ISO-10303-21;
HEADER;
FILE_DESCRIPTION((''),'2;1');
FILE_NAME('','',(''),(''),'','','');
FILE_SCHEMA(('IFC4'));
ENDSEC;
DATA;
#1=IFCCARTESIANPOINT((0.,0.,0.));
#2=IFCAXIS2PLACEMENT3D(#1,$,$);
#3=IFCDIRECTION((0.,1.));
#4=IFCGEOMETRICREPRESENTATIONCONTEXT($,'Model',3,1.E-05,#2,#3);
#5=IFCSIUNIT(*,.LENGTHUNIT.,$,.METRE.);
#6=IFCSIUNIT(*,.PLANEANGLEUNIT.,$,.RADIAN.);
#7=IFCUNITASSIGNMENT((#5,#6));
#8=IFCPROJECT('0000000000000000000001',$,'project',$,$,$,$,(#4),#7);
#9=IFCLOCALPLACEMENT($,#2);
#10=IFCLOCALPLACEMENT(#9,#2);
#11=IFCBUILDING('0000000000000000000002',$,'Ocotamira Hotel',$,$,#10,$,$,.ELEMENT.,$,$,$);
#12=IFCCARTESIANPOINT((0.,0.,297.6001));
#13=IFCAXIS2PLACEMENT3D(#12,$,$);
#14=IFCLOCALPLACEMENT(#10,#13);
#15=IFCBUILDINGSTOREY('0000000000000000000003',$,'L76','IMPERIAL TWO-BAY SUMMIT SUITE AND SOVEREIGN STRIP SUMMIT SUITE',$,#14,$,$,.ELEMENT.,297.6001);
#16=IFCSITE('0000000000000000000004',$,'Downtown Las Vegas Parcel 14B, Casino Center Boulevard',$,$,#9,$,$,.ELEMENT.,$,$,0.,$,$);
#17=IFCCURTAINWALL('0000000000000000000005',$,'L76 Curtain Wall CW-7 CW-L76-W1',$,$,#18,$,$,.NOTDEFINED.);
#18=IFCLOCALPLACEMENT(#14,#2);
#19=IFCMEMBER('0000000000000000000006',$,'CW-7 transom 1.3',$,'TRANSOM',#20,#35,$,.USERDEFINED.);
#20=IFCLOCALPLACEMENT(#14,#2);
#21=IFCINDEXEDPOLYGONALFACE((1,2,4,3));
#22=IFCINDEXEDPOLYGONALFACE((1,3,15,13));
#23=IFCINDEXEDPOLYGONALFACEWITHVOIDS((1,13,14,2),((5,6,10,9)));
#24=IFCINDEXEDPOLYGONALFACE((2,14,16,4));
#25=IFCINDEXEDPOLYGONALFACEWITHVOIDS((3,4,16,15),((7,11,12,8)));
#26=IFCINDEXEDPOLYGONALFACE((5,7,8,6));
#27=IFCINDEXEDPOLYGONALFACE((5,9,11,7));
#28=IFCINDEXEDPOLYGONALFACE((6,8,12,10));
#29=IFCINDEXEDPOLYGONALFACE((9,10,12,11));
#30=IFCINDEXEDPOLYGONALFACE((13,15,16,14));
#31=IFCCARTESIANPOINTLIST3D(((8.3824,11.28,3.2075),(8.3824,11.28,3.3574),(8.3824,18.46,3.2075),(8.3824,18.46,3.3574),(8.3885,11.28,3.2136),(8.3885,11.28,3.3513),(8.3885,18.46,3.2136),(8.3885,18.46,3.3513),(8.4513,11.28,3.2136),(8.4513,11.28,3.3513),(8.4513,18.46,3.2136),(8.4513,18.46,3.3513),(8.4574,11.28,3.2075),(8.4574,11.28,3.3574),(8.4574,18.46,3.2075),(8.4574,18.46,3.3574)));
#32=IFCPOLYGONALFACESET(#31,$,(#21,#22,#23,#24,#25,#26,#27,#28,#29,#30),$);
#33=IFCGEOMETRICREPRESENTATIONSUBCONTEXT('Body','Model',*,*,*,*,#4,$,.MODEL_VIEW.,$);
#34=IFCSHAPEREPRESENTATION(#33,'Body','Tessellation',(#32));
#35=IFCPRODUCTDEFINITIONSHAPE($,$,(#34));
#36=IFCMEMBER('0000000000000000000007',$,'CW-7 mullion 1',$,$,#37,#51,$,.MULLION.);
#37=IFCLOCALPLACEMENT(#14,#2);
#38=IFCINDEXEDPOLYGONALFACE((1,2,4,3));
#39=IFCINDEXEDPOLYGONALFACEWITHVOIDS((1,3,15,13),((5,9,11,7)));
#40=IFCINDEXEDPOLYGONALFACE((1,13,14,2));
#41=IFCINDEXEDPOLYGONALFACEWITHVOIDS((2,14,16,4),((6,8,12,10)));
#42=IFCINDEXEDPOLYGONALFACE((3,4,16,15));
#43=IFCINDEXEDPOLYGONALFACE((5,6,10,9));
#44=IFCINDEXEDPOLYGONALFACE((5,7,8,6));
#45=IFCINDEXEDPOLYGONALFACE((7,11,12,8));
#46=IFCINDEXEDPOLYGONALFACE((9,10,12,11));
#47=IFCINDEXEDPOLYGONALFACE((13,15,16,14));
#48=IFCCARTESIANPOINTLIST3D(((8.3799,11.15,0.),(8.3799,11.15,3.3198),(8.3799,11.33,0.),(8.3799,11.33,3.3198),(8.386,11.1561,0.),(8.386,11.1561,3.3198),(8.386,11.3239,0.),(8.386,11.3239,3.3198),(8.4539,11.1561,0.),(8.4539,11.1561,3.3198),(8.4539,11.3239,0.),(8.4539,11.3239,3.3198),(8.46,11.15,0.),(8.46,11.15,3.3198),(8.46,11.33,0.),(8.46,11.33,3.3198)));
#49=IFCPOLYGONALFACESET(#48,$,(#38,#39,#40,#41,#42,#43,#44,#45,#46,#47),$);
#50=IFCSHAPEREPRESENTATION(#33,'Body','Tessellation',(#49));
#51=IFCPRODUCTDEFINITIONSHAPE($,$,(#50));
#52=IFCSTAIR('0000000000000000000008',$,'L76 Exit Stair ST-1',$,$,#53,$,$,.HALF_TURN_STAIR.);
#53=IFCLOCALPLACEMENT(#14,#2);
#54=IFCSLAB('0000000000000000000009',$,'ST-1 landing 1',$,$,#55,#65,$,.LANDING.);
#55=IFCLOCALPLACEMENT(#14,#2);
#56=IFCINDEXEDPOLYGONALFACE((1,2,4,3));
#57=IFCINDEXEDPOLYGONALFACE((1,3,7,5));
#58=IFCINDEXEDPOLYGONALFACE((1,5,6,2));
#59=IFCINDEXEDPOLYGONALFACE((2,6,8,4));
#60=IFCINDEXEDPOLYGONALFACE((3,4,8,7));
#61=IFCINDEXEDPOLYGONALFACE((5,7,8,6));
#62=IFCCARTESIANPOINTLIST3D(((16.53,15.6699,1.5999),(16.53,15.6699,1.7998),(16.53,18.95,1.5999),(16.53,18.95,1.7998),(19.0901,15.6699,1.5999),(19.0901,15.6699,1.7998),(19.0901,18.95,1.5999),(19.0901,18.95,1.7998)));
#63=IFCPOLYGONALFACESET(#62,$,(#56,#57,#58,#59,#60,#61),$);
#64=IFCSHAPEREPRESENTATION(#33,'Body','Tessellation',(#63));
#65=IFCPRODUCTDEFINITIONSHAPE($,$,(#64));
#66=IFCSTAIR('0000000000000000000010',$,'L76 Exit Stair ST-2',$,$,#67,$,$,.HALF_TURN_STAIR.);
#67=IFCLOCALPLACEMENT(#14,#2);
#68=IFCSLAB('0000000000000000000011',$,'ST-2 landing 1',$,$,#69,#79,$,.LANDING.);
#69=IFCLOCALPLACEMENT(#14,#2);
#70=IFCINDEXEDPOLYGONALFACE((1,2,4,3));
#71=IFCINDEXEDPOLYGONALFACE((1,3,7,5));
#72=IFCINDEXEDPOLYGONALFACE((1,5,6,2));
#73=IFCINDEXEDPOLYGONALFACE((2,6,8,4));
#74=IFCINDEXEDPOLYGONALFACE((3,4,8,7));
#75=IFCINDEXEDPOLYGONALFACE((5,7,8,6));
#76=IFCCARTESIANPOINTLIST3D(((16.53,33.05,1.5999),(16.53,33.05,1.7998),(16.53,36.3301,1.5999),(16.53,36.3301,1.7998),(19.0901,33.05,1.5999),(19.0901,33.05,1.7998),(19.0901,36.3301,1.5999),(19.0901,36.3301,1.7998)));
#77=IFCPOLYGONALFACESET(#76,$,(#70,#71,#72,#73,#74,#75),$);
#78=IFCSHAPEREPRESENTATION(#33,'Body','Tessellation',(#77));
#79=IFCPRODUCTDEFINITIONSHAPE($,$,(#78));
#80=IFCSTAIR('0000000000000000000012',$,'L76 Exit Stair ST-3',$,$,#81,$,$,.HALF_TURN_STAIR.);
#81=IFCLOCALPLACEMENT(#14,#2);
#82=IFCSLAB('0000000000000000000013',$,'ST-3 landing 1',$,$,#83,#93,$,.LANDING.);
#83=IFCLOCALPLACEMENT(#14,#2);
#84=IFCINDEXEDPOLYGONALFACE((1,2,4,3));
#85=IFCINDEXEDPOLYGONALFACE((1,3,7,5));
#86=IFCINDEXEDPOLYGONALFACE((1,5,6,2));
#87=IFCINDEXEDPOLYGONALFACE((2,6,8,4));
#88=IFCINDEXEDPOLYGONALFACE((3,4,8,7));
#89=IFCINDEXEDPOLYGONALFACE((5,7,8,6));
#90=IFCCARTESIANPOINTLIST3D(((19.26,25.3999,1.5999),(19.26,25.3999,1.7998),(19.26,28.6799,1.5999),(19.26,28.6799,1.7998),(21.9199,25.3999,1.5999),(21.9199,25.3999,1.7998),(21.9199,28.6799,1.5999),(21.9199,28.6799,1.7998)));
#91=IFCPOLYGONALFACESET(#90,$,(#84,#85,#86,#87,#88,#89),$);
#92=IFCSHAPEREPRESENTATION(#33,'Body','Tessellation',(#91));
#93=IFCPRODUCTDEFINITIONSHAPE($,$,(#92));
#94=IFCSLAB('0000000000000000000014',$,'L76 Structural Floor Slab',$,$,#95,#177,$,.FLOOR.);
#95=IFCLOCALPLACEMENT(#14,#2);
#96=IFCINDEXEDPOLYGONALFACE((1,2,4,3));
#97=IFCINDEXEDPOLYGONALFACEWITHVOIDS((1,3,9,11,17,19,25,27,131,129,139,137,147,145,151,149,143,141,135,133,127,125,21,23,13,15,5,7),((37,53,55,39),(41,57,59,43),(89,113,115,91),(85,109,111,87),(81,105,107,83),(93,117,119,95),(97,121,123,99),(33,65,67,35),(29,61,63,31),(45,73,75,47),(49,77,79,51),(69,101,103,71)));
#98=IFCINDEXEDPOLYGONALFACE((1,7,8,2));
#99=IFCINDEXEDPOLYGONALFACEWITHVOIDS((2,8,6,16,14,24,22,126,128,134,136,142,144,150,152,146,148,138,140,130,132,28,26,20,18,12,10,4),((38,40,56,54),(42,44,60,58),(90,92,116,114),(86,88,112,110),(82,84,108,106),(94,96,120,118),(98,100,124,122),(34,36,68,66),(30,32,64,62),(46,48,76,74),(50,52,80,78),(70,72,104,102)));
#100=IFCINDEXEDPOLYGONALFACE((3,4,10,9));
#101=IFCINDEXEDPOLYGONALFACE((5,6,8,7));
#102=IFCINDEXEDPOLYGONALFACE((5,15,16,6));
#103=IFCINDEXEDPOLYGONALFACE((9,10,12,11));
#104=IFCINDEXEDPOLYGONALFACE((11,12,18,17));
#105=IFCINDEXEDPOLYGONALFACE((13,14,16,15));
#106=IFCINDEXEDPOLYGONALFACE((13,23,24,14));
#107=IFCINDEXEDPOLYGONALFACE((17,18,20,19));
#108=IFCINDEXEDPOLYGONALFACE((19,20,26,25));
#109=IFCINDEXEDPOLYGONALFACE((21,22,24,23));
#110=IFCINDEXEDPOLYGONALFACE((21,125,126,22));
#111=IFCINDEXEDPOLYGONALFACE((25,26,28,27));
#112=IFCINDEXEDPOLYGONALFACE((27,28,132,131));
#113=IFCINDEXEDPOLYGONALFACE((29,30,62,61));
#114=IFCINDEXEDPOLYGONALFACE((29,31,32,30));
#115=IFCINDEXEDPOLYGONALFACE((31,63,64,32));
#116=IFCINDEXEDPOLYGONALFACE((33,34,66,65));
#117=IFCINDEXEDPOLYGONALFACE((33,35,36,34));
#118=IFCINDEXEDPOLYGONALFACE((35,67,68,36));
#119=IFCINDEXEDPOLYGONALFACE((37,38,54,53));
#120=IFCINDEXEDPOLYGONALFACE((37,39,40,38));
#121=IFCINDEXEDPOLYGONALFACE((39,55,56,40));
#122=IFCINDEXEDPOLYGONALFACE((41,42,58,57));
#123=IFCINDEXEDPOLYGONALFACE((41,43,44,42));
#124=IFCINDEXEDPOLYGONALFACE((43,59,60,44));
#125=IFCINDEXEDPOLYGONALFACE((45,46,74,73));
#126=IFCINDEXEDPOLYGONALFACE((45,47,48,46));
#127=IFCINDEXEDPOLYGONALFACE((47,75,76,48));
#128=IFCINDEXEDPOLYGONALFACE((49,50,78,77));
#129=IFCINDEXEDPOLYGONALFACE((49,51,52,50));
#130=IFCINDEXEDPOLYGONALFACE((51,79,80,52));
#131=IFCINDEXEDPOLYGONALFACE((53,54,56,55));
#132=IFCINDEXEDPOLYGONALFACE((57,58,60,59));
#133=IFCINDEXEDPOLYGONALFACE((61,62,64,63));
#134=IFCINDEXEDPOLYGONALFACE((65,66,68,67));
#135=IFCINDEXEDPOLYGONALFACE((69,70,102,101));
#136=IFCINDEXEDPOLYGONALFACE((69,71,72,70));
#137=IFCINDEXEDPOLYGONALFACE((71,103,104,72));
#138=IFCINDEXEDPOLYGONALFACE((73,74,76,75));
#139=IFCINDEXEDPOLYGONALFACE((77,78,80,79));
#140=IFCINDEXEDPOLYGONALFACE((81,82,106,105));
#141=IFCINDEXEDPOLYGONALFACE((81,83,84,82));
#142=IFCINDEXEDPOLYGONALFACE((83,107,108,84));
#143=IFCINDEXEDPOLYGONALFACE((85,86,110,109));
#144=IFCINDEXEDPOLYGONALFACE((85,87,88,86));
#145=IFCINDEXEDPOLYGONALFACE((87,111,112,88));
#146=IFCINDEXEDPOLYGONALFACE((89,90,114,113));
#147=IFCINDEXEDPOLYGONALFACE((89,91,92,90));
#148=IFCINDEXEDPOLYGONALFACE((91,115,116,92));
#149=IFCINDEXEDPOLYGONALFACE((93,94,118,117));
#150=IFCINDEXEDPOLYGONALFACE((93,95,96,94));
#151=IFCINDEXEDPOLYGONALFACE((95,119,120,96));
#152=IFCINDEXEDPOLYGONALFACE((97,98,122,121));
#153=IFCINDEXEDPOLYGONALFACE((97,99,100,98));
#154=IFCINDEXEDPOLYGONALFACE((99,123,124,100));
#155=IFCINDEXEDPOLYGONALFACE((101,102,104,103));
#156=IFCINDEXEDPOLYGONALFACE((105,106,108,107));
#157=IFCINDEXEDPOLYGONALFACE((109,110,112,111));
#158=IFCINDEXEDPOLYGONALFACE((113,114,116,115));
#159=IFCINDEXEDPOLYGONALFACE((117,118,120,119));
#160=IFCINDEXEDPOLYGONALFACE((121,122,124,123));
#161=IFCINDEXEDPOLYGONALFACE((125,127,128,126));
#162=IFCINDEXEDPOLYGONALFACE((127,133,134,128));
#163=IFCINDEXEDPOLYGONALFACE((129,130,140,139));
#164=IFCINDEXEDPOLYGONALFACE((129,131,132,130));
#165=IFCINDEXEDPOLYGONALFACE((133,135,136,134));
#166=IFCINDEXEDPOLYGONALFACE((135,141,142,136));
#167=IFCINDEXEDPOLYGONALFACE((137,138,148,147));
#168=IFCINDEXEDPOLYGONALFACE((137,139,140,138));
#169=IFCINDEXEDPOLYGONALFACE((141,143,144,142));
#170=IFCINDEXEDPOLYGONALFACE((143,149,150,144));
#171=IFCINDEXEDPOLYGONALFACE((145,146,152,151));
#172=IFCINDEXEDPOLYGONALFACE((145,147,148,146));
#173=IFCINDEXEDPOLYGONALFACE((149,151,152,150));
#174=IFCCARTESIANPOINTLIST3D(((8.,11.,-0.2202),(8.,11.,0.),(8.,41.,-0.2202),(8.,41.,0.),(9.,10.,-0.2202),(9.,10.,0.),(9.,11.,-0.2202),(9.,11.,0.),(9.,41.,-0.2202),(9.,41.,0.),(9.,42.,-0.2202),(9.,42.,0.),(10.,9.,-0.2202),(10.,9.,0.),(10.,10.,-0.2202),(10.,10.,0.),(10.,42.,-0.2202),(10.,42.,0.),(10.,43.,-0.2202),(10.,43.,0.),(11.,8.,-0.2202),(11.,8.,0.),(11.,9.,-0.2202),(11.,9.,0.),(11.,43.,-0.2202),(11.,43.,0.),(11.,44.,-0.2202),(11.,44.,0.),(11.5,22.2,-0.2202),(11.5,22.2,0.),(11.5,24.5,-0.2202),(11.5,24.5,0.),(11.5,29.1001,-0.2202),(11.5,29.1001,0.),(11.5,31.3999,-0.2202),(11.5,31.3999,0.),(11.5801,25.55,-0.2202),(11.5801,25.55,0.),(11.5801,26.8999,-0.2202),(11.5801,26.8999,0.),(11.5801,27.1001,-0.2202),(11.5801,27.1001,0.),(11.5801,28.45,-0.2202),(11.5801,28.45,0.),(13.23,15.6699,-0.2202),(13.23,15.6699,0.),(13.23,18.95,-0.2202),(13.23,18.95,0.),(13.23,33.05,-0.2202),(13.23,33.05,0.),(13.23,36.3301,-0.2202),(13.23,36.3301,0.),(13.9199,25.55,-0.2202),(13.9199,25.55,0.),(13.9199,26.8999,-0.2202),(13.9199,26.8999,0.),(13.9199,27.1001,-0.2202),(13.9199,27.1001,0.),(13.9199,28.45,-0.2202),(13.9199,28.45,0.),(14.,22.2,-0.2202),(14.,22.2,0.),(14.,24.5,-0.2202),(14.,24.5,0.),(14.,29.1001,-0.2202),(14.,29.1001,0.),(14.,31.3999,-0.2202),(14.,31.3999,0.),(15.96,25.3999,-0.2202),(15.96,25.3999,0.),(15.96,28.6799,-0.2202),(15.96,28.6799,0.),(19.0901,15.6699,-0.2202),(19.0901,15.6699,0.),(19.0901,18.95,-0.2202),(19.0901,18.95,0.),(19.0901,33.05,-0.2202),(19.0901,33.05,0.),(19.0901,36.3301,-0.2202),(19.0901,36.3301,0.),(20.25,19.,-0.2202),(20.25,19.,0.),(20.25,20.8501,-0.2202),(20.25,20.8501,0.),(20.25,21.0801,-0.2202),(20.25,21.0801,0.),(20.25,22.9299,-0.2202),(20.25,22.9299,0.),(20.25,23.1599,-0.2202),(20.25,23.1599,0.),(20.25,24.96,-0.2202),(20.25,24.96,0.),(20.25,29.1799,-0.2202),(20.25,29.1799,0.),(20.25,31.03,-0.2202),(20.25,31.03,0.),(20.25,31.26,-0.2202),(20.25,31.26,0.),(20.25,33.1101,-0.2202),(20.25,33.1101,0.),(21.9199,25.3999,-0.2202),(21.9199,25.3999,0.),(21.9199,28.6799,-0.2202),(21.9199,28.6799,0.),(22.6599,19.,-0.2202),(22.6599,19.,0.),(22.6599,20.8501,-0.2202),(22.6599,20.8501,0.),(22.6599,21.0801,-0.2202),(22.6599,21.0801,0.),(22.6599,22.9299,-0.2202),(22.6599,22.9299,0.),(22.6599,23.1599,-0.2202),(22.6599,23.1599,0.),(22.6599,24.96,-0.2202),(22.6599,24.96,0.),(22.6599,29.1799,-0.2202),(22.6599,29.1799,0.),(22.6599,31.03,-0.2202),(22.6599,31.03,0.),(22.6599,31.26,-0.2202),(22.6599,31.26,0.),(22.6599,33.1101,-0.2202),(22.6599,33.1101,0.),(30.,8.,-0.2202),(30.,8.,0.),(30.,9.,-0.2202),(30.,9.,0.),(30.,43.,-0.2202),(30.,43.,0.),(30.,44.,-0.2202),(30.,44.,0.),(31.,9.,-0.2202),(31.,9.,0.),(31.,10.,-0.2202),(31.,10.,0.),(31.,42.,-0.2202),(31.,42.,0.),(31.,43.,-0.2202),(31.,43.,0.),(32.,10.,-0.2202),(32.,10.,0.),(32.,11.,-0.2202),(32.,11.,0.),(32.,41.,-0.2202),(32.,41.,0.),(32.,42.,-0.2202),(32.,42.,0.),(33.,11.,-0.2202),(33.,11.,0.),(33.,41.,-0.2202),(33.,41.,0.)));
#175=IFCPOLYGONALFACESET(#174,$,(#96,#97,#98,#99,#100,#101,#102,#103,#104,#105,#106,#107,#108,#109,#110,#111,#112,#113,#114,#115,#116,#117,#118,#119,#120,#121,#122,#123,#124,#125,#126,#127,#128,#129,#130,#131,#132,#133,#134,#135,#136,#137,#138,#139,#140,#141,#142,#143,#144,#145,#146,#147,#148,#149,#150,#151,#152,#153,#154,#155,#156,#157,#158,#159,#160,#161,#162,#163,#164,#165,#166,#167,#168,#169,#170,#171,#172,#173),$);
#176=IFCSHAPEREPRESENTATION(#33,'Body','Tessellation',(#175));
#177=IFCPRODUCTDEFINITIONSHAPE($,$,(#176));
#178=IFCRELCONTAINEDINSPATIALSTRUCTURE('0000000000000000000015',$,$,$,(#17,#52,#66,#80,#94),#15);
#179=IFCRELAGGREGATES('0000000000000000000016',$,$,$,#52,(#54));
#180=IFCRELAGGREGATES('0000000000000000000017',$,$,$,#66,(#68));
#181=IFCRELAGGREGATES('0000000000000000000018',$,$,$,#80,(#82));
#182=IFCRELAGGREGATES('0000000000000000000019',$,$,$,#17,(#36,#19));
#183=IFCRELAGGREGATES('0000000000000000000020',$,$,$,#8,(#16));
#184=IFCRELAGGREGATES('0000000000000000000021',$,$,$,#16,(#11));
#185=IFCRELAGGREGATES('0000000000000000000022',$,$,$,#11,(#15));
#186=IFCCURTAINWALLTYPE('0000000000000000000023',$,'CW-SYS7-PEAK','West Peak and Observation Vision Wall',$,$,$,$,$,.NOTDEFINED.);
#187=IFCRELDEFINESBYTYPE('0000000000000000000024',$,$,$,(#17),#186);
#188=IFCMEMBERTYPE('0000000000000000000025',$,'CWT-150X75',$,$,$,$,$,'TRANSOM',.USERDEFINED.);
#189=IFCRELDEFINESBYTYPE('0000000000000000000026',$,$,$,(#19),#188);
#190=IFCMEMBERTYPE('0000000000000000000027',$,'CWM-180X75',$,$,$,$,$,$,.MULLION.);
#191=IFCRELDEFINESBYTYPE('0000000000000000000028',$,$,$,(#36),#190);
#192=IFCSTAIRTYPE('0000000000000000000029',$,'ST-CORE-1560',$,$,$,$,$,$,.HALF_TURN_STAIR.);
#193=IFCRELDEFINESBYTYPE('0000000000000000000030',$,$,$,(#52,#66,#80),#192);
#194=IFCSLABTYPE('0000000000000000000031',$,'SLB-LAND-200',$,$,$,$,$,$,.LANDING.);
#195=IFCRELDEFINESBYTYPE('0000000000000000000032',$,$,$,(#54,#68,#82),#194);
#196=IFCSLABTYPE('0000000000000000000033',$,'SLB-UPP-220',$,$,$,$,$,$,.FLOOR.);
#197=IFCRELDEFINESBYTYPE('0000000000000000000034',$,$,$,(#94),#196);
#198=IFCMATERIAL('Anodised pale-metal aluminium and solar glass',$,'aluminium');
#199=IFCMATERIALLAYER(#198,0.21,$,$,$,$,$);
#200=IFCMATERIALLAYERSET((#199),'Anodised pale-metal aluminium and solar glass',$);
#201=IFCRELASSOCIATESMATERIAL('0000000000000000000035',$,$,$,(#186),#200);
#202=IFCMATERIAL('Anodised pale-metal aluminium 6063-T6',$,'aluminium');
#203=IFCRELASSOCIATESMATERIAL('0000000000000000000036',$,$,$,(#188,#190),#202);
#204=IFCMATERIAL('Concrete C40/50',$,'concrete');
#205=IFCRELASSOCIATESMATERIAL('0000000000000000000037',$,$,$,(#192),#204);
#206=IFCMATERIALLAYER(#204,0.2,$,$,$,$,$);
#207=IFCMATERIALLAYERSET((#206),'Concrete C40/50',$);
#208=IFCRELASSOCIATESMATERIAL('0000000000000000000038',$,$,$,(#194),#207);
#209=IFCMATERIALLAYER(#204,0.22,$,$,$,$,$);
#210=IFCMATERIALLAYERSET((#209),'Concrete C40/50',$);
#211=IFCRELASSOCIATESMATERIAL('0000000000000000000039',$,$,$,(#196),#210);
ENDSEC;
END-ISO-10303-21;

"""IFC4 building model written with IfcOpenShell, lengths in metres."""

from ifc_helpers import new_model, si_unit, direction, frame, origin, origin_2d, place, context, subcontext, project, spatial, polyline, hollow_rectangle, outline, extrude, source, transform, mapped, material, layer, layer_set, material_profile, profile_set, type_object, element, aggregate, save


model = new_model("IFC4")

# Units and contexts
model_context = context("Model", 3, precision=1e-05, world=origin(), true_north=direction((0.0, 1.0)))
body_context = subcontext(model_context, "Body", "Model", "MODEL_VIEW")
ifc_project = project(units=[si_unit("LENGTHUNIT", "METRE"), si_unit("PLANEANGLEUNIT", "RADIAN")], contexts=[model_context])

# Site, building, storey
site_placement = place(None, origin())
site = spatial("IfcSite", under=ifc_project, at=site_placement, Name="Downtown Las Vegas Parcel 14B, Casino Center Boulevard", CompositionType="ELEMENT", RefElevation=0.0)
building_placement = place(site_placement, origin())
building = spatial("IfcBuilding", under=site, at=building_placement, Name="Ocotamira Hotel", CompositionType="ELEMENT")
storey_placement = place(building_placement, frame((0.0, 0.0, 297.6001)))
storey = spatial("IfcBuildingStorey", under=building, at=storey_placement, Name="L76", Description="IMPERIAL TWO-BAY SUMMIT SUITE AND SOVEREIGN STRIP SUMMIT SUITE", CompositionType="ELEMENT", Elevation=297.6001)

# Curtain wall, members
ifc_material_1 = material(Name="Anodised pale-metal aluminium and solar glass", Category="aluminium")
ifc_layer_1 = layer(ifc_material_1, 0.21)
ifc_layer_set_1 = layer_set([ifc_layer_1], Name="Anodised pale-metal aluminium and solar glass")
curtain_wall_type = type_object("IfcCurtainWallType", Name="CW-SYS7-PEAK", Description="West Peak and Observation Vision Wall", PredefinedType="NOTDEFINED", material=ifc_layer_set_1)
curtain_wall_placement = place(storey_placement, origin())
curtain_wall = element("IfcCurtainWall", 1, at=curtain_wall_placement, inside=storey, type_object=curtain_wall_type, Name="L76 Curtain Wall CW-7 CW-L76-W1", PredefinedType="NOTDEFINED")
ifc_material_2 = material(Name="Anodised pale-metal aluminium 6063-T6", Category="aluminium")
ifc_material_profile_1 = material_profile(ifc_material_2, hollow_rectangle(XDim=0.075, YDim=0.1499, WallThickness=0.0061, at=origin_2d()), Name="HSS150X75X6")
ifc_profile_set_1 = profile_set([ifc_material_profile_1], Name="Anodised pale-metal aluminium 6063-T6")
member_type_1 = type_object("IfcMemberType", Name="CWT-150X75", ElementType="TRANSOM", PredefinedType="USERDEFINED", material=ifc_profile_set_1)
shared_shape_1 = source(origin(), body_context, "Body", "SweptSolid", [
    extrude(hollow_rectangle(XDim=0.075, YDim=0.1499, WallThickness=0.0061, at=origin_2d()), origin(), (0.0, 0.0, 1.0), 7.1799),
])
member_1_placement = place(storey_placement, frame((8.4199, 11.28, 3.2825), z_axis=(0.0, 1.0, 0.0), x_axis=(-1.0, 0.0, 0.0)))
member_1 = element("IfcMember", 2, at=member_1_placement, type_object=member_type_1, Name="CW-7 transom 1.3", ObjectType="TRANSOM", PredefinedType="USERDEFINED", context=body_context, shape_type="MappedRepresentation", body=[
    mapped(shared_shape_1, transform((0.0, 0.0, 0.0), scale=1.0)),
])
ifc_material_profile_2 = material_profile(ifc_material_2, hollow_rectangle(XDim=0.0801, YDim=0.1799, WallThickness=0.0061, at=origin_2d()), Name="HSS180X80X6")
ifc_profile_set_2 = profile_set([ifc_material_profile_2], Name="Anodised pale-metal aluminium 6063-T6")
member_type_2 = type_object("IfcMemberType", Name="CWM-180X75", PredefinedType="MULLION", material=ifc_profile_set_2)
shared_shape_2 = source(origin(), body_context, "Body", "SweptSolid", [
    extrude(hollow_rectangle(XDim=0.0801, YDim=0.1799, WallThickness=0.0061, at=origin_2d()), origin(), (0.0, 0.0, 1.0), 3.3198),
])
member_2_placement = place(storey_placement, frame((8.4199, 11.24, 0.0), z_axis=(0.0, 0.0, 1.0), x_axis=(-1.0, 0.0, 0.0)))
member_2 = element("IfcMember", 3, at=member_2_placement, type_object=member_type_2, Name="CW-7 mullion 1", PredefinedType="MULLION", context=body_context, shape_type="MappedRepresentation", body=[
    mapped(shared_shape_2, transform((0.0, 0.0, 0.0), scale=1.0)),
])

# Stairs, slabs
ifc_material_3 = material(Name="Concrete C40/50", Category="concrete")
stair_type = type_object("IfcStairType", Name="ST-CORE-1560", PredefinedType="HALF_TURN_STAIR", material=ifc_material_3)
stair_1_placement = place(storey_placement, origin())
stair_1 = element("IfcStair", 4, at=stair_1_placement, inside=storey, type_object=stair_type, Name="L76 Exit Stair ST-1", PredefinedType="HALF_TURN_STAIR")
ifc_layer_2 = layer(ifc_material_3, 0.2)
ifc_layer_set_2 = layer_set([ifc_layer_2], Name="Concrete C40/50")
slab_type_1 = type_object("IfcSlabType", Name="SLB-LAND-200", PredefinedType="LANDING", material=ifc_layer_set_2)
slab_1_placement = place(storey_placement, frame((0.0, 0.0, 1.5999)))
slab_1 = element("IfcSlab", 5, at=slab_1_placement, type_object=slab_type_1, Name="ST-1 landing 1", PredefinedType="LANDING", context=body_context, shape_type="SweptSolid", body=[
    extrude(outline(polyline([(16.53, 15.6699), (19.0901, 15.6699), (19.0901, 18.95), (16.53, 18.95), (16.53, 15.6699)])), origin(), (0.0, 0.0, 1.0), 0.2),
])
aggregate(stair_1, [slab_1])
stair_2_placement = place(storey_placement, origin())
stair_2 = element("IfcStair", 6, at=stair_2_placement, inside=storey, type_object=stair_type, Name="L76 Exit Stair ST-2", PredefinedType="HALF_TURN_STAIR")
slab_2_placement = place(storey_placement, frame((0.0, 0.0, 1.5999)))
slab_2 = element("IfcSlab", 7, at=slab_2_placement, type_object=slab_type_1, Name="ST-2 landing 1", PredefinedType="LANDING", context=body_context, shape_type="SweptSolid", body=[
    extrude(outline(polyline([(16.53, 33.05), (19.0901, 33.05), (19.0901, 36.3301), (16.53, 36.3301), (16.53, 33.05)])), origin(), (0.0, 0.0, 1.0), 0.2),
])
aggregate(stair_2, [slab_2])
stair_3_placement = place(storey_placement, origin())
stair_3 = element("IfcStair", 8, at=stair_3_placement, inside=storey, type_object=stair_type, Name="L76 Exit Stair ST-3", PredefinedType="HALF_TURN_STAIR")
slab_3_placement = place(storey_placement, frame((0.0, 0.0, 1.5999)))
slab_3 = element("IfcSlab", 9, at=slab_3_placement, type_object=slab_type_1, Name="ST-3 landing 1", PredefinedType="LANDING", context=body_context, shape_type="SweptSolid", body=[
    extrude(outline(polyline([(19.26, 25.3999), (21.9199, 25.3999), (21.9199, 28.6799), (19.26, 28.6799), (19.26, 25.3999)])), origin(), (0.0, 0.0, 1.0), 0.2),
])
aggregate(stair_3, [slab_3])

# Slab
ifc_layer_3 = layer(ifc_material_3, 0.22)
ifc_layer_set_3 = layer_set([ifc_layer_3], Name="Concrete C40/50")
slab_type_2 = type_object("IfcSlabType", Name="SLB-UPP-220", PredefinedType="FLOOR", material=ifc_layer_set_3)
slab_4_placement = place(storey_placement, frame((0.0, 0.0, -0.2202)))
element("IfcSlab", 10, at=slab_4_placement, inside=storey, type_object=slab_type_2, Name="L76 Structural Floor Slab", PredefinedType="FLOOR", context=body_context, shape_type="SweptSolid", body=[
    extrude(outline(polyline([(11.0, 8.0), (30.0, 8.0), (30.0, 9.0), (31.0, 9.0), (31.0, 10.0), (32.0, 10.0), (32.0, 11.0), (33.0, 11.0), (33.0, 41.0), (32.0, 41.0), (32.0, 42.0), (31.0, 42.0), (31.0, 43.0), (30.0, 43.0), (30.0, 44.0), (11.0, 44.0), (11.0, 43.0), (10.0, 43.0), (10.0, 42.0), (9.0, 42.0), (9.0, 41.0), (8.0, 41.0), (8.0, 11.0), (9.0, 11.0), (9.0, 10.0), (10.0, 10.0), (10.0, 9.0), (11.0, 9.0), (11.0, 8.0)]), holes=[polyline([(13.23, 15.6699), (19.0901, 15.6699), (19.0901, 18.95), (13.23, 18.95), (13.23, 15.6699)]), polyline([(13.23, 33.05), (19.0901, 33.05), (19.0901, 36.3301), (13.23, 36.3301), (13.23, 33.05)]), polyline([(15.96, 25.3999), (21.9199, 25.3999), (21.9199, 28.6799), (15.96, 28.6799), (15.96, 25.3999)]), polyline([(20.25, 19.0), (22.6599, 19.0), (22.6599, 20.8501), (20.25, 20.8501), (20.25, 19.0)]), polyline([(20.25, 21.0801), (22.6599, 21.0801), (22.6599, 22.9299), (20.25, 22.9299), (20.25, 21.0801)]), polyline([(20.25, 23.1599), (22.6599, 23.1599), (22.6599, 24.96), (20.25, 24.96), (20.25, 23.1599)]), polyline([(20.25, 29.1799), (22.6599, 29.1799), (22.6599, 31.03), (20.25, 31.03), (20.25, 29.1799)]), polyline([(20.25, 31.26), (22.6599, 31.26), (22.6599, 33.1101), (20.25, 33.1101), (20.25, 31.26)]), polyline([(11.5, 22.2), (14.0, 22.2), (14.0, 24.5), (11.5, 24.5), (11.5, 22.2)]), polyline([(11.5, 29.1001), (14.0, 29.1001), (14.0, 31.3999), (11.5, 31.3999), (11.5, 29.1001)]), polyline([(11.5801, 25.55), (13.9199, 25.55), (13.9199, 26.8999), (11.5801, 26.8999), (11.5801, 25.55)]), polyline([(11.5801, 27.1001), (13.9199, 27.1001), (13.9199, 28.45), (11.5801, 28.45), (11.5801, 27.1001)])]), origin(), (0.0, 0.0, 1.0), 0.2202),
])

aggregate(curtain_wall, [member_2, member_1])

save(model, "model.ifc")
